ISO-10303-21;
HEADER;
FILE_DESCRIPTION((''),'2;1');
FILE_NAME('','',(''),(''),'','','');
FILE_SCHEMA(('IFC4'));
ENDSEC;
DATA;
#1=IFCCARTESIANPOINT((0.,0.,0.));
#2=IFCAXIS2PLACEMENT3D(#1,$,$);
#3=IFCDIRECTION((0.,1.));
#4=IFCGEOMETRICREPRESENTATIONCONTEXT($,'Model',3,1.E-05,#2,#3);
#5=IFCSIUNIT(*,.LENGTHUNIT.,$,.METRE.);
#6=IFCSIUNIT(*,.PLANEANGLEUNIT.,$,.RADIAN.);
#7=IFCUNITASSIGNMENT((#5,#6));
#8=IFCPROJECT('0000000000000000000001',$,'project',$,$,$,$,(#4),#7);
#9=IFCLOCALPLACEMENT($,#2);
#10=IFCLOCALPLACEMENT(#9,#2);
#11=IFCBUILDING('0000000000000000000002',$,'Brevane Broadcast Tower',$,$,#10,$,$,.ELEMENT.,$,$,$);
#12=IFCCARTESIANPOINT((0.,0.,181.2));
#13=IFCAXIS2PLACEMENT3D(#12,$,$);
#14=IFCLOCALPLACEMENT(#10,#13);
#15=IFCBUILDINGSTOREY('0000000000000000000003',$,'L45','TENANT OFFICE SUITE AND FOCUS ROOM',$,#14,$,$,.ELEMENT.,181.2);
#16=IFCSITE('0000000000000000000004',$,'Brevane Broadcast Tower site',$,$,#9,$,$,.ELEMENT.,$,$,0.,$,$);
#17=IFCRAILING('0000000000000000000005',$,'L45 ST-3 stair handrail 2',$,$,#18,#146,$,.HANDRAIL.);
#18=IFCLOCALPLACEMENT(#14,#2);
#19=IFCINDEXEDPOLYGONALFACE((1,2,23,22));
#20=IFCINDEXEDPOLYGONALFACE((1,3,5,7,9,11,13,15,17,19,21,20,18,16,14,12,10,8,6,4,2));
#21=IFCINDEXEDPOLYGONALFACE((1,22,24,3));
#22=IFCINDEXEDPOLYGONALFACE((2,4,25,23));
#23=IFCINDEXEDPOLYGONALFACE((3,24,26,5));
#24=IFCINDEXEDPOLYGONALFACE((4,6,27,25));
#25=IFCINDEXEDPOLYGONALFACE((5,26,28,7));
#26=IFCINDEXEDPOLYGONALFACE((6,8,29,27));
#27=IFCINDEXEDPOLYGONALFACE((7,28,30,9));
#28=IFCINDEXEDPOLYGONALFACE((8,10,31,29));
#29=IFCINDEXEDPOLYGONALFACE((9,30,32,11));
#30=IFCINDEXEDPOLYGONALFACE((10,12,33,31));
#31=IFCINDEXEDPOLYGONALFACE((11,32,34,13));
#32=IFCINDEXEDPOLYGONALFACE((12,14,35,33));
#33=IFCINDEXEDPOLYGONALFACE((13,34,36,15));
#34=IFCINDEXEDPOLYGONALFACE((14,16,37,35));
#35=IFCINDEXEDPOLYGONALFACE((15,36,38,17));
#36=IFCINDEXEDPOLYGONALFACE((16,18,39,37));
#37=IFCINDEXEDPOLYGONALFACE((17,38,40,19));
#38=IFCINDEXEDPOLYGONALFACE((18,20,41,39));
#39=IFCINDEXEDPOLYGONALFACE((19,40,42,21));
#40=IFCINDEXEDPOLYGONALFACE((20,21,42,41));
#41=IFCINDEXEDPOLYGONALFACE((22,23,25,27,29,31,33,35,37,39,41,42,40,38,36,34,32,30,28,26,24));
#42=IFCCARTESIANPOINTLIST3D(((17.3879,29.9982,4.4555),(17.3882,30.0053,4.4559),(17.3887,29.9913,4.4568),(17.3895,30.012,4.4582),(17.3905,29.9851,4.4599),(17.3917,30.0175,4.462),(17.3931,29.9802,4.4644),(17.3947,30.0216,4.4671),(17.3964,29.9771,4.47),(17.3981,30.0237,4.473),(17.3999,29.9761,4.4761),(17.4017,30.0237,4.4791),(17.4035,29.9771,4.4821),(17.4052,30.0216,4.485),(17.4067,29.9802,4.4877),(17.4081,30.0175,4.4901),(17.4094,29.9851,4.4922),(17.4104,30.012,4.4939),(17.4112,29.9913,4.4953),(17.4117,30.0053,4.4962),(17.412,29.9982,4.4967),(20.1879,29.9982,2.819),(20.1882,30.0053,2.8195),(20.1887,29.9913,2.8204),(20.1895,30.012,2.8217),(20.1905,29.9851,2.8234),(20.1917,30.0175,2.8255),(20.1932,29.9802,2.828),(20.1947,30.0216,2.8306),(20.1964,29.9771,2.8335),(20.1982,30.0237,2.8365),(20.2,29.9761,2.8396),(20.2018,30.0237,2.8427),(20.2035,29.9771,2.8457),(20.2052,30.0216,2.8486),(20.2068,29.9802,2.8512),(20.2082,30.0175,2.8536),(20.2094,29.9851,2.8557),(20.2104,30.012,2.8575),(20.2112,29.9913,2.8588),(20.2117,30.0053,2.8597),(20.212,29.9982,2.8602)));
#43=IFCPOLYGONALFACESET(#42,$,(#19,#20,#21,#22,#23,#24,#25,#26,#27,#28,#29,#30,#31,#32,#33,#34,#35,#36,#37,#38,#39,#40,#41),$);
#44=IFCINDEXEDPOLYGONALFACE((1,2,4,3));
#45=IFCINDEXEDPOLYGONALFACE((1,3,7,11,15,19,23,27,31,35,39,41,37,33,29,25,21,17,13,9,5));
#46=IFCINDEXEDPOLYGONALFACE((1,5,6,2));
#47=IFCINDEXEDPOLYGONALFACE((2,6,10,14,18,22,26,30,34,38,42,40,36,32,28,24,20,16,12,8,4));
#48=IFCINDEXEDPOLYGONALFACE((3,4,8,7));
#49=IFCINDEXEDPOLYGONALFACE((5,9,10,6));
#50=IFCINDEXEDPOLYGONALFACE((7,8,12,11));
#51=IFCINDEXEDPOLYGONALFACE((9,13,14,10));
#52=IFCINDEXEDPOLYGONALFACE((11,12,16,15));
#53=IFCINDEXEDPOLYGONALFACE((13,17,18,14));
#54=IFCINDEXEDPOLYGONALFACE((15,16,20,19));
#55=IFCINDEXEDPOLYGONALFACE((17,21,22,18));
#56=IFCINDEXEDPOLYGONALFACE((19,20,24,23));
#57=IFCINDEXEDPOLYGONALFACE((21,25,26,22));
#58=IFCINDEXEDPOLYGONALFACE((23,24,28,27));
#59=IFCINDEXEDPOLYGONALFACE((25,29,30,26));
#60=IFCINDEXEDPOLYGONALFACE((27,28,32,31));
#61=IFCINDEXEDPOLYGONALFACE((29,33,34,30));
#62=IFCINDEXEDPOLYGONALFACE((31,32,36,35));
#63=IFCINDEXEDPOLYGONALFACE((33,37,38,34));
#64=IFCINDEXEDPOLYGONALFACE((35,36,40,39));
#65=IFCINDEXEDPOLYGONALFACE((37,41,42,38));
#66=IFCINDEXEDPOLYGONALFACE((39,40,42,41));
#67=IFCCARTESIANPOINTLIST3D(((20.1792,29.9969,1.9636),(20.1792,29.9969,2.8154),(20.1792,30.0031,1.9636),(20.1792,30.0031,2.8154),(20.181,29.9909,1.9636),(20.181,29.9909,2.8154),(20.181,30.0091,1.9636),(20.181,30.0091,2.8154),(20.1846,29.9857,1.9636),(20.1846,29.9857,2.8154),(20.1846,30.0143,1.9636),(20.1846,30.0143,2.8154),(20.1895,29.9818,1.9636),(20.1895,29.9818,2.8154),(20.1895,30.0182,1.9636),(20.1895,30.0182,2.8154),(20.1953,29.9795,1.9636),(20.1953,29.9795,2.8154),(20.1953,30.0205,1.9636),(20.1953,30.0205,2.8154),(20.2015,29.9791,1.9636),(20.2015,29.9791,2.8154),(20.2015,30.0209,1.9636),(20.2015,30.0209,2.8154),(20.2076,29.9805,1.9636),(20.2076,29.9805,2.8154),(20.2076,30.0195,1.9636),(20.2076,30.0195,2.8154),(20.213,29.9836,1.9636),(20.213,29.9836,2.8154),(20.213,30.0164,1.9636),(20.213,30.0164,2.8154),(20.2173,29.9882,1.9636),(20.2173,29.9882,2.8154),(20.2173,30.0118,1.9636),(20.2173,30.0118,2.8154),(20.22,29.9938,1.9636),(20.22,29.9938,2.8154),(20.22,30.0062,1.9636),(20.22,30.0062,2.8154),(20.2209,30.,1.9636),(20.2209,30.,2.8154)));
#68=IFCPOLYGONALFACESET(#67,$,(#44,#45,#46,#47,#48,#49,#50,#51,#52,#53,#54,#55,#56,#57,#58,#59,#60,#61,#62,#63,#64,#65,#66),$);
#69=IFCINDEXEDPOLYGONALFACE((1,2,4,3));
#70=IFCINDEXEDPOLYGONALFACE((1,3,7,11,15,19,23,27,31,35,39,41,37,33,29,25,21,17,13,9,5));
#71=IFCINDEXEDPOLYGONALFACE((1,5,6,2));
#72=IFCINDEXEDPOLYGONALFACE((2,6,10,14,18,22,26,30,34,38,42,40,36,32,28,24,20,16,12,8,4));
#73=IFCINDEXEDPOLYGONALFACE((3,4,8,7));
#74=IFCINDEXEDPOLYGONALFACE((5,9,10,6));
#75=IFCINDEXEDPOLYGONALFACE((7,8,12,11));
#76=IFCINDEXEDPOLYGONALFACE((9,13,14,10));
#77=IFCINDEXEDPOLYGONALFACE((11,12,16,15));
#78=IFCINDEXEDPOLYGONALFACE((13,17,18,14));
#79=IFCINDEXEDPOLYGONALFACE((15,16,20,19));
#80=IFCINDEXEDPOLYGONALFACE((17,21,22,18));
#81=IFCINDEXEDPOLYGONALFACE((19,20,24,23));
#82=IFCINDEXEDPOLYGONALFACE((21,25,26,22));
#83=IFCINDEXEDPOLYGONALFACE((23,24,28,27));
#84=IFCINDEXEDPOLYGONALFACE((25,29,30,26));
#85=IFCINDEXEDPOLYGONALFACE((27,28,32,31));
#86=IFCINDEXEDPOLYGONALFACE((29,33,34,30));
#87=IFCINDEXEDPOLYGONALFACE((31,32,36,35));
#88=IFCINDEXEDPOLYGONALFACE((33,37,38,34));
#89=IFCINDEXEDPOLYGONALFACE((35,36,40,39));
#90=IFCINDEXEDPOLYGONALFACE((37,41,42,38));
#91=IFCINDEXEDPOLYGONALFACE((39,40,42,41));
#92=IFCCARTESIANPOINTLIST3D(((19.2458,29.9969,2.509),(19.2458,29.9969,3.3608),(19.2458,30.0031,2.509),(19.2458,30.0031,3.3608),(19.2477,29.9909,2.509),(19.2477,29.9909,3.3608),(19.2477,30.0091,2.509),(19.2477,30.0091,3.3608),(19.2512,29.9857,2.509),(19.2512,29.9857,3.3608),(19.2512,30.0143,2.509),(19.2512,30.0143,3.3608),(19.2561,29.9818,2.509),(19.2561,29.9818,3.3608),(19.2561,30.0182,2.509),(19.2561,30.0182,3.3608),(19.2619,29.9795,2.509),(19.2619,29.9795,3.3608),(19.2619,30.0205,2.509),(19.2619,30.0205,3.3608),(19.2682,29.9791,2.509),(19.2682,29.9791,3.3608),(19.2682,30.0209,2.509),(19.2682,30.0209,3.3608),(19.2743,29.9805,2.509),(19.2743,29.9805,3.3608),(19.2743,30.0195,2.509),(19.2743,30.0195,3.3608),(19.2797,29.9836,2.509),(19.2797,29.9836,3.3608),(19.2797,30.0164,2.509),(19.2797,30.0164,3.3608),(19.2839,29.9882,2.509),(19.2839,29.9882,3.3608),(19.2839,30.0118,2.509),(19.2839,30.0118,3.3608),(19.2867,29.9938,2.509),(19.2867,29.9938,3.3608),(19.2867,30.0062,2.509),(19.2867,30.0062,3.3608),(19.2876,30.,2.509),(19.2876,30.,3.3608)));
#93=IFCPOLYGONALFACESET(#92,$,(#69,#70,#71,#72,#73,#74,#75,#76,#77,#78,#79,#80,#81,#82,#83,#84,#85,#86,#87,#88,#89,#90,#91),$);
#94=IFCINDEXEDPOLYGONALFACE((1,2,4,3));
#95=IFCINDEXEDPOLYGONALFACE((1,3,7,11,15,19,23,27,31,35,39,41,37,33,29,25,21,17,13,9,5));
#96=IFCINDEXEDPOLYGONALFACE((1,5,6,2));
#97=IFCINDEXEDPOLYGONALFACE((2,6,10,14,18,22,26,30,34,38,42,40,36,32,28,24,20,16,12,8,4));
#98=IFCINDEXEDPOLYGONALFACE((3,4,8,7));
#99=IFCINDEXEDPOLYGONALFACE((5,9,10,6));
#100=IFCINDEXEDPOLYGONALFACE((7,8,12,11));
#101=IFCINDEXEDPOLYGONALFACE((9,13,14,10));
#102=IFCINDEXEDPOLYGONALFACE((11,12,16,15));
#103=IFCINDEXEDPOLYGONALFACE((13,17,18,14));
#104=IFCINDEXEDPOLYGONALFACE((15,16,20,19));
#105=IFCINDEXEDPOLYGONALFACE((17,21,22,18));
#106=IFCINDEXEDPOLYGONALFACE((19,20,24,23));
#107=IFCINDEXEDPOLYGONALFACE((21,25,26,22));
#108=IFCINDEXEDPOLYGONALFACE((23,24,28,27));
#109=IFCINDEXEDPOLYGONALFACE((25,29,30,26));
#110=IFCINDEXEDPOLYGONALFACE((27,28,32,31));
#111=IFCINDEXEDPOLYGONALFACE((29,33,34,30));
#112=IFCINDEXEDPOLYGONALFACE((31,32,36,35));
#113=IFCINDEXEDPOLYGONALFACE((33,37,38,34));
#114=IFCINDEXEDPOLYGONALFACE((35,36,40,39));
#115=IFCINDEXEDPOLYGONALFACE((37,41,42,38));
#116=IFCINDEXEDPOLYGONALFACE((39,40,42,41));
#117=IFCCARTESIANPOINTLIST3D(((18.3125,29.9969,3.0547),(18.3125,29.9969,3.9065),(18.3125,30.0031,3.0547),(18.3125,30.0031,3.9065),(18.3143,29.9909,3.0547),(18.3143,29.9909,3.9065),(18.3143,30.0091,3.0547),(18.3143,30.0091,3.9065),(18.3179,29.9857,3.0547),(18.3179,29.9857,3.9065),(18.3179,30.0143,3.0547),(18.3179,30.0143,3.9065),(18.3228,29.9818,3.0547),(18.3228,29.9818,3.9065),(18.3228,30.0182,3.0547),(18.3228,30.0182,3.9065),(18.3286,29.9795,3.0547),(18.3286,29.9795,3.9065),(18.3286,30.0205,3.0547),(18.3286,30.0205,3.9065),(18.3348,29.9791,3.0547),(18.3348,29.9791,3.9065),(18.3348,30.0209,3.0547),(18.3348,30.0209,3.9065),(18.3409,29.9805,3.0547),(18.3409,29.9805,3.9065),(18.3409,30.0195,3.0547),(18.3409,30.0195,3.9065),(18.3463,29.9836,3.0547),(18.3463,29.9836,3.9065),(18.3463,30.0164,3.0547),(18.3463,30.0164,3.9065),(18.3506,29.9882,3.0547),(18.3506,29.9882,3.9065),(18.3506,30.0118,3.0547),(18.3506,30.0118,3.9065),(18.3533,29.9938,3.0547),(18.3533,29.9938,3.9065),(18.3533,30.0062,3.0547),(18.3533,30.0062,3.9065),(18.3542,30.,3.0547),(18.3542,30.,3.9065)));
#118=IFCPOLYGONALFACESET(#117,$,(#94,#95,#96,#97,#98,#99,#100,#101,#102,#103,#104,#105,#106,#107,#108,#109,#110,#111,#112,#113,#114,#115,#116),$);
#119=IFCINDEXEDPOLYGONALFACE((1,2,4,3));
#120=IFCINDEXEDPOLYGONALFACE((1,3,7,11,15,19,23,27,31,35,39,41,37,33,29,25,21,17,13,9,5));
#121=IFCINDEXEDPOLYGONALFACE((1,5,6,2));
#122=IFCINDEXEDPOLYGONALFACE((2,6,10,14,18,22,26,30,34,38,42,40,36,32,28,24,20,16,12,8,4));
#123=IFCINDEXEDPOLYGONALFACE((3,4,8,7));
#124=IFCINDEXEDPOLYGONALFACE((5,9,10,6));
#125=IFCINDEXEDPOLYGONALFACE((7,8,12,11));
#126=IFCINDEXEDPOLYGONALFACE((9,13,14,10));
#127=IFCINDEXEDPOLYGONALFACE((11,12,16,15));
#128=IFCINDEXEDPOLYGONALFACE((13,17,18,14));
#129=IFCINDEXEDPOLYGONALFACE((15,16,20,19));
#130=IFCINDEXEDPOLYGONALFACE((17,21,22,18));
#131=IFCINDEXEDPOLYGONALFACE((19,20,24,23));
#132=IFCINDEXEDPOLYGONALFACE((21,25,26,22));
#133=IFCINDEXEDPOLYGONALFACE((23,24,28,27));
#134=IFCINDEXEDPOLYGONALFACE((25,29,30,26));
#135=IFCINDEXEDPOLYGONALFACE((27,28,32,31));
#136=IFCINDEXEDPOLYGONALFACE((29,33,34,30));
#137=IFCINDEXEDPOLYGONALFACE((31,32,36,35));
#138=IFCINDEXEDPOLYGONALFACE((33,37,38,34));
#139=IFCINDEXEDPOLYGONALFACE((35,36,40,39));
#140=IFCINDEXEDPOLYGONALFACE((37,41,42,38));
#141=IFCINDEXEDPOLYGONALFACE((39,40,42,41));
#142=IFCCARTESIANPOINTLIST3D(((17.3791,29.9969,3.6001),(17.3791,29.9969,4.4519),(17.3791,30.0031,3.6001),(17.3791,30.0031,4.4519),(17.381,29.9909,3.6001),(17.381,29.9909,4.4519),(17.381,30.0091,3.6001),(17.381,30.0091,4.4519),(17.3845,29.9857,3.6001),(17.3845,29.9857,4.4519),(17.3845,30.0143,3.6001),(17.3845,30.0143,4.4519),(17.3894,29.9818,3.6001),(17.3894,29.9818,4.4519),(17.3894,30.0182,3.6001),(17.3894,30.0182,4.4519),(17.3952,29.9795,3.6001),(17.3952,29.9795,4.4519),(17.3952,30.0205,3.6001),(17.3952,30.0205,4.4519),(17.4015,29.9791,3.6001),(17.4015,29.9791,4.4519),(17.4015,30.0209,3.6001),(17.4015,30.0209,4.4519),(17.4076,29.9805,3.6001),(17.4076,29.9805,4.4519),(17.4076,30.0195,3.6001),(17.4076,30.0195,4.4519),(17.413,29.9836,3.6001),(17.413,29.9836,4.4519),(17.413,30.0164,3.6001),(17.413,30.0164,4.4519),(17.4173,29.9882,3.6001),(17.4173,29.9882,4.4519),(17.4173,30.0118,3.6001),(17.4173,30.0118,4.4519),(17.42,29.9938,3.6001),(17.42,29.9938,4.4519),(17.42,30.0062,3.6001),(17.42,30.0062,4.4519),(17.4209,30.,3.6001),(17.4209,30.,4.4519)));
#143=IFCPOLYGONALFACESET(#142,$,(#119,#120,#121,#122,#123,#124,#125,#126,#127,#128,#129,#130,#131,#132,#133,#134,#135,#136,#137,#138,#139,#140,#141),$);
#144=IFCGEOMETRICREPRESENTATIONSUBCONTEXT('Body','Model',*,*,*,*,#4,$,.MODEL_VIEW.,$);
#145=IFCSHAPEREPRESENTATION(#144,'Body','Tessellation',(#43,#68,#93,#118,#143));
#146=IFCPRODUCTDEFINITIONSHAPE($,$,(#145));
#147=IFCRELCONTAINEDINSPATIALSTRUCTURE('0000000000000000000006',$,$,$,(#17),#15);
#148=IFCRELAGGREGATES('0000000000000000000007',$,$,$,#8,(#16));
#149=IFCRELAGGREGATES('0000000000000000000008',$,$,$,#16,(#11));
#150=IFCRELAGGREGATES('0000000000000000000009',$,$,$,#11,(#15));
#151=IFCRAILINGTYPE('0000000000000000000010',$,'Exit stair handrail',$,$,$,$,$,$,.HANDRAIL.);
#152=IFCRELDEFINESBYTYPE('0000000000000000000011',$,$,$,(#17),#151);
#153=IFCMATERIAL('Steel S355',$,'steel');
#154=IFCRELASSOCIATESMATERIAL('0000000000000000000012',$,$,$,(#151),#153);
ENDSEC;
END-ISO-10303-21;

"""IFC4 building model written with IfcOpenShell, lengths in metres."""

from ifc_helpers import new_model, si_unit, direction, frame, origin, origin_2d, place, context, subcontext, project, spatial, circle, extrude, material, type_object, element, save


model = new_model("IFC4")

# Units and contexts
model_context = context("Model", 3, precision=1e-05, world=origin(), true_north=direction((0.0, 1.0)))
body_context = subcontext(model_context, "Body", "Model", "MODEL_VIEW")
ifc_project = project(units=[si_unit("LENGTHUNIT", "METRE"), si_unit("PLANEANGLEUNIT", "RADIAN")], contexts=[model_context])

# Site, building, storey
site_placement = place(None, origin())
site = spatial("IfcSite", under=ifc_project, at=site_placement, Name="Brevane Broadcast Tower site", CompositionType="ELEMENT", RefElevation=0.0)
building_placement = place(site_placement, origin())
building = spatial("IfcBuilding", under=site, at=building_placement, Name="Brevane Broadcast Tower", CompositionType="ELEMENT")
storey_placement = place(building_placement, frame((0.0, 0.0, 181.2)))
storey = spatial("IfcBuildingStorey", under=building, at=storey_placement, Name="L45", Description="TENANT OFFICE SUITE AND FOCUS ROOM", CompositionType="ELEMENT", Elevation=181.2)

# Railing
ifc_material_1 = material(Name="Steel S355", Category="steel")
railing_type = type_object("IfcRailingType", Name="Exit stair handrail", PredefinedType="HANDRAIL", material=ifc_material_1)
railing_placement = place(storey_placement, frame((20.2, 30.0, 1.9636)))
element("IfcRailing", 1, at=railing_placement, inside=storey, type_object=railing_type, Name="L45 ST-3 stair handrail 2", PredefinedType="HANDRAIL", context=body_context, shape_type="SweptSolid", body=[
    extrude(circle(Radius=0.0239, at=origin_2d()), frame((0.0, 0.0, 0.876), z_axis=(-0.863361, 0.0, 0.504587), x_axis=(0.0, -1.0, 0.0)), (0.0, 0.0, 1.0), 3.2432),
    extrude(circle(Radius=0.021, at=origin_2d()), origin(), (0.0, 0.0, 1.0), 0.8518),
    extrude(circle(Radius=0.021, at=origin_2d()), frame((-0.9333, 0.0, 0.5454)), (0.0, 0.0, 1.0), 0.8518),
    extrude(circle(Radius=0.021, at=origin_2d()), frame((-1.8667, 0.0, 1.0911)), (0.0, 0.0, 1.0), 0.8518),
    extrude(circle(Radius=0.021, at=origin_2d()), frame((-2.8, 0.0, 1.6365)), (0.0, 0.0, 1.0), 0.8518),
])

save(model, "model.ifc")
